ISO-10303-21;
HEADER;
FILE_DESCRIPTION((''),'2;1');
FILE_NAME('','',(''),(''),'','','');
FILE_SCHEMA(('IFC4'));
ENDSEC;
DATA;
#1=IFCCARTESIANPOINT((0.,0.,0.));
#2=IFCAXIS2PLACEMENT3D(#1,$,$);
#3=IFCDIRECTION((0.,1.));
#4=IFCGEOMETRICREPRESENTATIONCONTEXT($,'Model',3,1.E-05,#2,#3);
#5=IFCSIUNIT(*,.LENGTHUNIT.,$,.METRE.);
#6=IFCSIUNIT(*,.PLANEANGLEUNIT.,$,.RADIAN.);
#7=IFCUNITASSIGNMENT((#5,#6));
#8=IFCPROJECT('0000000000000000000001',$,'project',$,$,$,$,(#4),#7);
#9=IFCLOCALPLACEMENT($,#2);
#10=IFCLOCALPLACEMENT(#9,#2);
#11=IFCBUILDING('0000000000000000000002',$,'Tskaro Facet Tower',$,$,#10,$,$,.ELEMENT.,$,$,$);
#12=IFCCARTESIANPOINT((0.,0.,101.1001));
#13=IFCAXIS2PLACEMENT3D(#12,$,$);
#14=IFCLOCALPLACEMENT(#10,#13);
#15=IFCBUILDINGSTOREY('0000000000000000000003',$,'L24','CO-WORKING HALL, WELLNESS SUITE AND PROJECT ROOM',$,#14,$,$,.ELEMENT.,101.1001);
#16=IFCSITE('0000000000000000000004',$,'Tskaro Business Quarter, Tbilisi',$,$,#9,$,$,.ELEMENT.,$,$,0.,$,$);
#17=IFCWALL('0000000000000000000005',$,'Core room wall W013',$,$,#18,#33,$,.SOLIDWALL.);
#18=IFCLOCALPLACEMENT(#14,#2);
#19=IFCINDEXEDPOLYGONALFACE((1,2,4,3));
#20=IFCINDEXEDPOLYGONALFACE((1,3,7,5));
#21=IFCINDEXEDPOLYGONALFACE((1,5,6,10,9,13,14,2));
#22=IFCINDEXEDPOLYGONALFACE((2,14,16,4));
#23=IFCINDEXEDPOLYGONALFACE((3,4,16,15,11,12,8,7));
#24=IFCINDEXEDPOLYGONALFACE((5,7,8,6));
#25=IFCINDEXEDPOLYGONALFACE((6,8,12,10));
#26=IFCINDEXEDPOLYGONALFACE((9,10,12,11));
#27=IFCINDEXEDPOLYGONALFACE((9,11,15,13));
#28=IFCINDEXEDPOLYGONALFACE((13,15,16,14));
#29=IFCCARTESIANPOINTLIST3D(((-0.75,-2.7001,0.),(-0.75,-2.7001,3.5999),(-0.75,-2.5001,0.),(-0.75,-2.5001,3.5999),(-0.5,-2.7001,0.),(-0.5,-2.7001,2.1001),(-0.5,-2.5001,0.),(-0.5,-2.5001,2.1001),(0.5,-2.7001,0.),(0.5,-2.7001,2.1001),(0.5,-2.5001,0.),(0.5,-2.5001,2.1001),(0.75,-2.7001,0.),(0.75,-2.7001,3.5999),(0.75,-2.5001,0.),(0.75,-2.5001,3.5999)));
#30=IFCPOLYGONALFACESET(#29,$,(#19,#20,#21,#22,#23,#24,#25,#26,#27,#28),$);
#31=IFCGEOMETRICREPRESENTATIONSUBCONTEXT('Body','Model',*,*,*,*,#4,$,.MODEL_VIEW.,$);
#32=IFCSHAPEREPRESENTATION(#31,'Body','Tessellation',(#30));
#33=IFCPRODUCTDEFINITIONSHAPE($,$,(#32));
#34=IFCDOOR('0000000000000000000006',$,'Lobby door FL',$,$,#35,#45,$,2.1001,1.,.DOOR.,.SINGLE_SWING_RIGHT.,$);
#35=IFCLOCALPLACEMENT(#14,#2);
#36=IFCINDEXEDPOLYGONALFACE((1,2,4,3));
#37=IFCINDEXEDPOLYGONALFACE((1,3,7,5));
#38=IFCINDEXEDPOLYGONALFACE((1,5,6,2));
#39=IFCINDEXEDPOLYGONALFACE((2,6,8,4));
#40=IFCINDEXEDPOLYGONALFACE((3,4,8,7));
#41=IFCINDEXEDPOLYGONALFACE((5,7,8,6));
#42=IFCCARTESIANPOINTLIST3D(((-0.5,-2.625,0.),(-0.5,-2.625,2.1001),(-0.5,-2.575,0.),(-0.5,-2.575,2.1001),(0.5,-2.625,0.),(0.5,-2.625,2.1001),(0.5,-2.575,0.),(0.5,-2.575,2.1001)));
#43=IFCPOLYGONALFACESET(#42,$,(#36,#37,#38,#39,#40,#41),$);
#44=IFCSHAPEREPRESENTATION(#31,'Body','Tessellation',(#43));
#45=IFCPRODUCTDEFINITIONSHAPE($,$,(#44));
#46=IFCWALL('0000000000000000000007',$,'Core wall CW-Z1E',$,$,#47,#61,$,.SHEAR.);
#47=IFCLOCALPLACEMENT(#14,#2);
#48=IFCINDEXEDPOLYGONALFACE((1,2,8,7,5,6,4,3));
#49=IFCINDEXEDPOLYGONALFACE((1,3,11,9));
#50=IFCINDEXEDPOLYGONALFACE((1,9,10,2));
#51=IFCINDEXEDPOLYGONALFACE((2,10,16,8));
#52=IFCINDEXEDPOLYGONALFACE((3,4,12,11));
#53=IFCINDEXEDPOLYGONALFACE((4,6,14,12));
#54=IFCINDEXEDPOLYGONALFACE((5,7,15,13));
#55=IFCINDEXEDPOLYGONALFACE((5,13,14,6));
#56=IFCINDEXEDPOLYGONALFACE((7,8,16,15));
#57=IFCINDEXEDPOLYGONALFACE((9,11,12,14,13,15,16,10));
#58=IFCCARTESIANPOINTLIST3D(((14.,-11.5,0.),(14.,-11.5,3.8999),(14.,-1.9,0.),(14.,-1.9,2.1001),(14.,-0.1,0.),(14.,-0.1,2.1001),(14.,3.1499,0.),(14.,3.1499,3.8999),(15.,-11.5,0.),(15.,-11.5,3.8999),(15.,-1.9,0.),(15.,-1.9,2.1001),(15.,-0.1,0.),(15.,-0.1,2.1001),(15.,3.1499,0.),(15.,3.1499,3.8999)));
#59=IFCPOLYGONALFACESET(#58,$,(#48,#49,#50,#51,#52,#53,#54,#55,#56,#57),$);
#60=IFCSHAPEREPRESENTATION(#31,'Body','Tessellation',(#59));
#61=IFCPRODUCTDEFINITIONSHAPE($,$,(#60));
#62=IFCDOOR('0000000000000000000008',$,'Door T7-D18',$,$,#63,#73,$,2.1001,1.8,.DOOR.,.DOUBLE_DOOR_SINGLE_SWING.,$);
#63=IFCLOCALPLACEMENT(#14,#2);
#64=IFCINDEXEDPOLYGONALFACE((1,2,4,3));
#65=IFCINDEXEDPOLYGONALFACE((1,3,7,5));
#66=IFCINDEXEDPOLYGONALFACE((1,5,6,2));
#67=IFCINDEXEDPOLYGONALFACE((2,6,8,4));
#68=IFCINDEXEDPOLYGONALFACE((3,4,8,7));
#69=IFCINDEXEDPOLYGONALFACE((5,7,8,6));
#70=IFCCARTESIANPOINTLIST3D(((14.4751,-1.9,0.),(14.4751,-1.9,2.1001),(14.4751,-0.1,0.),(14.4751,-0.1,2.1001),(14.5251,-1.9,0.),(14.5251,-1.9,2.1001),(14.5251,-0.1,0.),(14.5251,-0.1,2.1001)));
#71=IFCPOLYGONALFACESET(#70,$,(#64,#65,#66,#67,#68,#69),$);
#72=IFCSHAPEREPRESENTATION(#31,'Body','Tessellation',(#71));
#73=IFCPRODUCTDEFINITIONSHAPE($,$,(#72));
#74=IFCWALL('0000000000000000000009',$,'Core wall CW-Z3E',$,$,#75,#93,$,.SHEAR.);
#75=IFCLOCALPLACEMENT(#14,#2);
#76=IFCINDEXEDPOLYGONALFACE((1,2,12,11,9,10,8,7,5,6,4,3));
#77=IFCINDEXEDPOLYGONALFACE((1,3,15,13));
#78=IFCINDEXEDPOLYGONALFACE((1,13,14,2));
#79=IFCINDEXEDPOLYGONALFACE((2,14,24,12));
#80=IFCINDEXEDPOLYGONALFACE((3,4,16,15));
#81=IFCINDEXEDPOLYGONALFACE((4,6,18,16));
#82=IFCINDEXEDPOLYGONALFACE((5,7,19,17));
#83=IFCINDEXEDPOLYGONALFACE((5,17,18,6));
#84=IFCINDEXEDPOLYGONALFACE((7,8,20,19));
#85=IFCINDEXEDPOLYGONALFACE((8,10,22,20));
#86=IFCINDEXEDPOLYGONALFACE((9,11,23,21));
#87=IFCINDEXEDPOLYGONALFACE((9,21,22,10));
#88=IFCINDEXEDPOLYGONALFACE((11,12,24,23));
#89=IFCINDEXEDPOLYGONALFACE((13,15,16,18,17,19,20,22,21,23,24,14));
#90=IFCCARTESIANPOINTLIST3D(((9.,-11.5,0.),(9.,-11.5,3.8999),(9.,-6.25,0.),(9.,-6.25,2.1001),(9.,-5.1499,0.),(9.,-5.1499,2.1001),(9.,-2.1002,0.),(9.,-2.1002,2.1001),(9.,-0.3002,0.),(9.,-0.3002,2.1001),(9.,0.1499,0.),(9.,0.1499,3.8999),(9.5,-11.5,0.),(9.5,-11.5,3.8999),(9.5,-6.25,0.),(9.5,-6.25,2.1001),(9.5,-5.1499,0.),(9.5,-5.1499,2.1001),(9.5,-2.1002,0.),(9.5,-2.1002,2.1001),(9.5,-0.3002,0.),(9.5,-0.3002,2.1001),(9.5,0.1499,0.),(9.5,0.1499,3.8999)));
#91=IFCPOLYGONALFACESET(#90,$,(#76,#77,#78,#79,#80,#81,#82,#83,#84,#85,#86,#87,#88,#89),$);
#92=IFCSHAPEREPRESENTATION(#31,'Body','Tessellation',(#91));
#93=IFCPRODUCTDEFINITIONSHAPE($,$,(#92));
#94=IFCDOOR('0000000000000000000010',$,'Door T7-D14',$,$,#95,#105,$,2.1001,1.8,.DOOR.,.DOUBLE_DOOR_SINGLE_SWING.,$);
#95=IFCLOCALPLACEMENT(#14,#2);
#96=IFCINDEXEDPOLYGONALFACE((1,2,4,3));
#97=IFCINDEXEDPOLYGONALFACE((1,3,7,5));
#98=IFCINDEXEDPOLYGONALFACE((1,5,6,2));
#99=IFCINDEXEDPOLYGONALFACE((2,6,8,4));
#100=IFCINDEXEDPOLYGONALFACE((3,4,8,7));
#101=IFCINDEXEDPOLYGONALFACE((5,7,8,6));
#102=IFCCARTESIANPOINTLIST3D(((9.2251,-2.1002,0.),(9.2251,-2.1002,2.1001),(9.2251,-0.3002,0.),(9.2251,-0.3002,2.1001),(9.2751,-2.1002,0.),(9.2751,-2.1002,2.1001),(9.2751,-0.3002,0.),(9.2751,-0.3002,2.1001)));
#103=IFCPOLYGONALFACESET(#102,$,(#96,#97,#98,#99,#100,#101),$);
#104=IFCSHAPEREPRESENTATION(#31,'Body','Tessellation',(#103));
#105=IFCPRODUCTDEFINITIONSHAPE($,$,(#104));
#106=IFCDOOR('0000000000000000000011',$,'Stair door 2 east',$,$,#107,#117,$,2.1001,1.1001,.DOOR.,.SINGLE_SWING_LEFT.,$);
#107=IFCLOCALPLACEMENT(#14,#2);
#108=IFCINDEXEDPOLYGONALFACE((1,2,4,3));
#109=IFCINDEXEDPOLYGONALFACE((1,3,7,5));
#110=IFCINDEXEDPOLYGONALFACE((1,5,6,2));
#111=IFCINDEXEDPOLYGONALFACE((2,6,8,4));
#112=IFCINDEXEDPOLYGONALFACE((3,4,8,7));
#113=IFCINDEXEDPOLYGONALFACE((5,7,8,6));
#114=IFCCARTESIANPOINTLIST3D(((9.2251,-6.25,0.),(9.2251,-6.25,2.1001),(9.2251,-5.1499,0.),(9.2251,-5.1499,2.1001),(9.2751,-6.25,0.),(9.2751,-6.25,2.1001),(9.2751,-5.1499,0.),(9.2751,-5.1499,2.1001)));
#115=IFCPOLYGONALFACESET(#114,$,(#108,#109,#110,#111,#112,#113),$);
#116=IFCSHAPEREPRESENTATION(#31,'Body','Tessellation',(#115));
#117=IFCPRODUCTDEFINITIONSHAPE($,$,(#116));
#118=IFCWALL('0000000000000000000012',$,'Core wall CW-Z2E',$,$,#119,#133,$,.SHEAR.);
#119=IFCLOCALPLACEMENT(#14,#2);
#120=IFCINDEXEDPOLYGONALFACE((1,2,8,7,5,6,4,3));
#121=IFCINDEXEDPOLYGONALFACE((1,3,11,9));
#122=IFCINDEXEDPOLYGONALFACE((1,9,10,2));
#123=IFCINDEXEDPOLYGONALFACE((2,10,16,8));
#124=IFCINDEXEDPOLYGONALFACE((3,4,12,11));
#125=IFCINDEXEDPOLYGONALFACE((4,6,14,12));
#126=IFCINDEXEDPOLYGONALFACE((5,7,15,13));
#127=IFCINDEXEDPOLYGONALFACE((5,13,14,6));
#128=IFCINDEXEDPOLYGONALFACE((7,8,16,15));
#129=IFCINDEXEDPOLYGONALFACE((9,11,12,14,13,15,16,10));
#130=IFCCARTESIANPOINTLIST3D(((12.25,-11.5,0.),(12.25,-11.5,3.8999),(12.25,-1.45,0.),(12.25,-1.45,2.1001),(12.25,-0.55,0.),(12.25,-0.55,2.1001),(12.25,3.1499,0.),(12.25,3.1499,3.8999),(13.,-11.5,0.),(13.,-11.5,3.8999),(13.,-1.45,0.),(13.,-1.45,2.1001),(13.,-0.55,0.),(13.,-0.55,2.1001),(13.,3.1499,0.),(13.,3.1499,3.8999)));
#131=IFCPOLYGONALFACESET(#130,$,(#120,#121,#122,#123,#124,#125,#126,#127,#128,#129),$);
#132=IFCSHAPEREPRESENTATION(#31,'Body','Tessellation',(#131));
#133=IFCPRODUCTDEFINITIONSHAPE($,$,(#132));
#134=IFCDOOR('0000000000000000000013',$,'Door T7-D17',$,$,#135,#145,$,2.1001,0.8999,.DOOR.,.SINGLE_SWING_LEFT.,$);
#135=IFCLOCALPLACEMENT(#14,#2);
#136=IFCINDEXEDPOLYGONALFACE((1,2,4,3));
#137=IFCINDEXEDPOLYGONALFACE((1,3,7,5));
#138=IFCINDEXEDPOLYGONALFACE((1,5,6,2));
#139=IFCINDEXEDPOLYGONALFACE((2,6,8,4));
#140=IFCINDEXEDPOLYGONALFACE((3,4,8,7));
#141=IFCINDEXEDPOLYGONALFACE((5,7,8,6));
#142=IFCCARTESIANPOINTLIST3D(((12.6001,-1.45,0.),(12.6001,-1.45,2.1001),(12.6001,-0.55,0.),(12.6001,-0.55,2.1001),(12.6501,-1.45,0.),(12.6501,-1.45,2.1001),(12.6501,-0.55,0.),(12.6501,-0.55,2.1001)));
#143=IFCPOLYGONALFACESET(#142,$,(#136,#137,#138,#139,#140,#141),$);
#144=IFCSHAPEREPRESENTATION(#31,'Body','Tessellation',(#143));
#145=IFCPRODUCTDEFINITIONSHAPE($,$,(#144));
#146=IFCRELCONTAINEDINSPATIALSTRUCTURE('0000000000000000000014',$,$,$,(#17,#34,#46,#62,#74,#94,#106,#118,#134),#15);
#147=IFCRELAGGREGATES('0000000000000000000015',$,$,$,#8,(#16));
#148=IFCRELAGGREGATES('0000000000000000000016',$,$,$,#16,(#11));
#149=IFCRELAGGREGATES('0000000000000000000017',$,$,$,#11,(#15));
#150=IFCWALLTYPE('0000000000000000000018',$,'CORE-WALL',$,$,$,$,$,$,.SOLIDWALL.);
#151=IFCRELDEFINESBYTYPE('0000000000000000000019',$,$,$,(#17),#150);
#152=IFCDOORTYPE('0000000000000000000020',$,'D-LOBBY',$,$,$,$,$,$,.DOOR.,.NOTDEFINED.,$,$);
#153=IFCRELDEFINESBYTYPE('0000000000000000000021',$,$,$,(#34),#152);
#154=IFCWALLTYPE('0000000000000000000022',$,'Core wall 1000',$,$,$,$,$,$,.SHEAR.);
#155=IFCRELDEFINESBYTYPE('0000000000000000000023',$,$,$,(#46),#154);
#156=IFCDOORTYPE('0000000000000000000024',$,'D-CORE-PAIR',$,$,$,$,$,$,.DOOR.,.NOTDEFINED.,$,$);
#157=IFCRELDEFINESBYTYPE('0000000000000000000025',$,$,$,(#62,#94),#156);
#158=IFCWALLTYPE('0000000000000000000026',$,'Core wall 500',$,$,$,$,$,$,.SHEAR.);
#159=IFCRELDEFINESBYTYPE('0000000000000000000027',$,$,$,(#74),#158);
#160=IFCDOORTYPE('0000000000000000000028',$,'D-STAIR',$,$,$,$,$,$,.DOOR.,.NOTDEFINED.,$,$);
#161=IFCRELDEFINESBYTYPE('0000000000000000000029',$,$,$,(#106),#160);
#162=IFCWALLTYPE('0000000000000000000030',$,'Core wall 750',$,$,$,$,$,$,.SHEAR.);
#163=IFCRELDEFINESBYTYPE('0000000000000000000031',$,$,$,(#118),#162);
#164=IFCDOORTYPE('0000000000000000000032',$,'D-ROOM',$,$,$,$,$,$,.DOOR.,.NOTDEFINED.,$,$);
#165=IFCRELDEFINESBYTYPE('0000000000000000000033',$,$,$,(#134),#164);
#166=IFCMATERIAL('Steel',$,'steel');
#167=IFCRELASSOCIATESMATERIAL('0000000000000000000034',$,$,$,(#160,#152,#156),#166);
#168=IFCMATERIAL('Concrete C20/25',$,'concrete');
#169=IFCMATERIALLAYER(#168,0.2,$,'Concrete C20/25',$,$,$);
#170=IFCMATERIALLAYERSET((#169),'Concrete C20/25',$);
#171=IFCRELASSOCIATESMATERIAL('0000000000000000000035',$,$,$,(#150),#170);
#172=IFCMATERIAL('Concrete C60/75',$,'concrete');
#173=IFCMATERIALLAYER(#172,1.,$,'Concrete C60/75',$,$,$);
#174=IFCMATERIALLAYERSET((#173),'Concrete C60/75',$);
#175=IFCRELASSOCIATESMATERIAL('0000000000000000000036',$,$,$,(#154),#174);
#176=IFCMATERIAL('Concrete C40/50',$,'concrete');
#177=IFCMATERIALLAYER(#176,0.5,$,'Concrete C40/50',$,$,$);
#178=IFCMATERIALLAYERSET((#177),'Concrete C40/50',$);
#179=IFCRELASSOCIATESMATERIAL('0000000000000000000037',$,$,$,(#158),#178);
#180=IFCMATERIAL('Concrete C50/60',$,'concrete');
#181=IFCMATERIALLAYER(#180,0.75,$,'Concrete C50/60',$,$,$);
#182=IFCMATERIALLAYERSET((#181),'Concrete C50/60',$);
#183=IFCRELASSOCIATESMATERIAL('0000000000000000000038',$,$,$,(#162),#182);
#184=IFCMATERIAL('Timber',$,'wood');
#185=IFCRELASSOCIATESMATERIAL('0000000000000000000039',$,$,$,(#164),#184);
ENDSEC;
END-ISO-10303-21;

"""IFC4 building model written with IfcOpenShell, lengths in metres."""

from ifc_helpers import new_model, si_unit, direction, frame, frame_2d, origin, place, context, subcontext, project, spatial, rectangle, extrude, material, layer, layer_set, type_object, element, fill, save


model = new_model("IFC4")

# Units and contexts
model_context = context("Model", 3, precision=1e-05, world=origin(), true_north=direction((0.0, 1.0)))
body_context = subcontext(model_context, "Body", "Model", "MODEL_VIEW")
ifc_project = project(units=[si_unit("LENGTHUNIT", "METRE"), si_unit("PLANEANGLEUNIT", "RADIAN")], contexts=[model_context])

# Site, building, storey
site_placement = place(None, origin())
site = spatial("IfcSite", under=ifc_project, at=site_placement, Name="Tskaro Business Quarter, Tbilisi", CompositionType="ELEMENT", RefElevation=0.0)
building_placement = place(site_placement, origin())
building = spatial("IfcBuilding", under=site, at=building_placement, Name="Tskaro Facet Tower", CompositionType="ELEMENT")
storey_placement = place(building_placement, frame((0.0, 0.0, 101.1001)))
storey = spatial("IfcBuildingStorey", under=building, at=storey_placement, Name="L24", Description="CO-WORKING HALL, WELLNESS SUITE AND PROJECT ROOM", CompositionType="ELEMENT", Elevation=101.1001)

# Shared definitions
ifc_material_1 = material(Name="Concrete C60/75", Category="concrete")

# Shared definitions
ifc_material_2 = material(Name="Steel", Category="steel")
door_type_1 = type_object("IfcDoorType", Name="D-STAIR", OperationType="NOTDEFINED", PredefinedType="DOOR", material=ifc_material_2)

# Walls, openings, doors
ifc_material_3 = material(Name="Concrete C20/25", Category="concrete")
ifc_layer_1 = layer(ifc_material_3, 0.2, Name="Concrete C20/25")
ifc_layer_set_1 = layer_set([ifc_layer_1], Name="Concrete C20/25")
wall_type_1 = type_object("IfcWallType", Name="CORE-WALL", PredefinedType="SOLIDWALL", material=ifc_layer_set_1)
wall_1_placement = place(storey_placement, frame((0.75, -2.6001, 0.0), z_axis=(0.0, 0.0, 1.0), x_axis=(-1.0, 0.0, 0.0)))
wall_1 = element("IfcWall", 1, at=wall_1_placement, inside=storey, type_object=wall_type_1, Name="Core room wall W013", PredefinedType="SOLIDWALL", context=body_context, shape_type="SweptSolid", body=[
    extrude(rectangle(XDim=1.5, YDim=0.2, at=frame_2d((0.75, 0.0))), origin(), (0.0, 0.0, 1.0), 3.5999),
])
opening_1_placement = place(wall_1_placement, frame((0.25, 0.0, 0.0)))
opening_1 = element("IfcOpeningElement", 2, at=opening_1_placement, cuts=wall_1, PredefinedType="OPENING", context=body_context, shape_type="SweptSolid", body=[
    extrude(rectangle(XDim=1.0, YDim=2.1001, at=frame_2d((0.5, 1.05))), frame((0.0, 0.1099, 0.0), z_axis=(0.0, -1.0, 0.0), x_axis=(1.0, 0.0, 0.0)), (0.0, 0.0, 1.0), 0.22),
])
door_type_2 = type_object("IfcDoorType", Name="D-LOBBY", OperationType="NOTDEFINED", PredefinedType="DOOR", material=ifc_material_2)
door_1_placement = place(opening_1_placement, origin())
door_1 = element("IfcDoor", 3, at=door_1_placement, inside=storey, type_object=door_type_2, Name="Lobby door FL", OperationType="SINGLE_SWING_RIGHT", OverallHeight=2.1001, OverallWidth=1.0, PredefinedType="DOOR", context=body_context, shape_type="SweptSolid", body=[
    extrude(rectangle(XDim=1.0, YDim=2.1001, at=frame_2d((0.5, 1.05))), frame((0.0, 0.0249, 0.0), z_axis=(0.0, -1.0, 0.0), x_axis=(1.0, 0.0, 0.0)), (0.0, 0.0, 1.0), 0.05),
])
fill(opening_1, door_1)
ifc_layer_2 = layer(ifc_material_1, 1.0, Name="Concrete C60/75")
ifc_layer_set_2 = layer_set([ifc_layer_2], Name="Concrete C60/75")
wall_type_2 = type_object("IfcWallType", Name="Core wall 1000", PredefinedType="SHEAR", material=ifc_layer_set_2)
wall_2_placement = place(storey_placement, frame((14.5, -11.5, 0.0), z_axis=(0.0, 0.0, 1.0), x_axis=(0.0, 1.0, 0.0)))
wall_2 = element("IfcWall", 4, at=wall_2_placement, inside=storey, type_object=wall_type_2, Name="Core wall CW-Z1E", PredefinedType="SHEAR", context=body_context, shape_type="SweptSolid", body=[
    extrude(rectangle(XDim=14.6499, YDim=1.0, at=frame_2d((7.325, 0.0))), origin(), (0.0, 0.0, 1.0), 3.8999),
])
opening_2_placement = place(wall_2_placement, frame((9.6001, 0.0, 0.0)))
opening_2 = element("IfcOpeningElement", 5, at=opening_2_placement, cuts=wall_2, PredefinedType="OPENING", context=body_context, shape_type="SweptSolid", body=[
    extrude(rectangle(XDim=1.8, YDim=2.1001, at=frame_2d((0.8999, 1.05))), frame((0.0, 0.51, 0.0), z_axis=(0.0, -1.0, 0.0), x_axis=(1.0, 0.0, 0.0)), (0.0, 0.0, 1.0), 1.02),
])
door_type_3 = type_object("IfcDoorType", Name="D-CORE-PAIR", OperationType="NOTDEFINED", PredefinedType="DOOR", material=ifc_material_2)
door_2_placement = place(opening_2_placement, origin())
door_2 = element("IfcDoor", 6, at=door_2_placement, inside=storey, type_object=door_type_3, Name="Door T7-D18", OperationType="DOUBLE_DOOR_SINGLE_SWING", OverallHeight=2.1001, OverallWidth=1.8, PredefinedType="DOOR", context=body_context, shape_type="SweptSolid", body=[
    extrude(rectangle(XDim=1.8, YDim=2.1001, at=frame_2d((0.8999, 1.05))), frame((0.0, 0.0249, 0.0), z_axis=(0.0, -1.0, 0.0), x_axis=(1.0, 0.0, 0.0)), (0.0, 0.0, 1.0), 0.05),
])
fill(opening_2, door_2)

# Wall, openings, doors
ifc_material_4 = material(Name="Concrete C40/50", Category="concrete")
ifc_layer_3 = layer(ifc_material_4, 0.5, Name="Concrete C40/50")
ifc_layer_set_3 = layer_set([ifc_layer_3], Name="Concrete C40/50")
wall_type_3 = type_object("IfcWallType", Name="Core wall 500", PredefinedType="SHEAR", material=ifc_layer_set_3)
wall_3_placement = place(storey_placement, frame((9.25, -11.5, 0.0), z_axis=(0.0, 0.0, 1.0), x_axis=(0.0, 1.0, 0.0)))
wall_3 = element("IfcWall", 7, at=wall_3_placement, inside=storey, type_object=wall_type_3, Name="Core wall CW-Z3E", PredefinedType="SHEAR", context=body_context, shape_type="SweptSolid", body=[
    extrude(rectangle(XDim=11.6499, YDim=0.5, at=frame_2d((5.825, 0.0))), origin(), (0.0, 0.0, 1.0), 3.8999),
])
opening_3_placement = place(wall_3_placement, frame((9.3999, 0.0, 0.0)))
opening_3 = element("IfcOpeningElement", 8, at=opening_3_placement, cuts=wall_3, PredefinedType="OPENING", context=body_context, shape_type="SweptSolid", body=[
    extrude(rectangle(XDim=1.8, YDim=2.1001, at=frame_2d((0.8999, 1.05))), frame((0.0, 0.26, 0.0), z_axis=(0.0, -1.0, 0.0), x_axis=(1.0, 0.0, 0.0)), (0.0, 0.0, 1.0), 0.52),
])
opening_4_placement = place(wall_3_placement, frame((5.25, 0.0, 0.0)))
opening_4 = element("IfcOpeningElement", 9, at=opening_4_placement, cuts=wall_3, PredefinedType="OPENING", context=body_context, shape_type="SweptSolid", body=[
    extrude(rectangle(XDim=1.1001, YDim=2.1001, at=frame_2d((0.55, 1.05))), frame((0.0, 0.26, 0.0), z_axis=(0.0, -1.0, 0.0), x_axis=(1.0, 0.0, 0.0)), (0.0, 0.0, 1.0), 0.52),
])
door_3_placement = place(opening_3_placement, origin())
door_3 = element("IfcDoor", 10, at=door_3_placement, inside=storey, type_object=door_type_3, Name="Door T7-D14", OperationType="DOUBLE_DOOR_SINGLE_SWING", OverallHeight=2.1001, OverallWidth=1.8, PredefinedType="DOOR", context=body_context, shape_type="SweptSolid", body=[
    extrude(rectangle(XDim=1.8, YDim=2.1001, at=frame_2d((0.8999, 1.05))), frame((0.0, 0.0249, 0.0), z_axis=(0.0, -1.0, 0.0), x_axis=(1.0, 0.0, 0.0)), (0.0, 0.0, 1.0), 0.05),
])
fill(opening_3, door_3)
door_4_placement = place(opening_4_placement, origin())
door_4 = element("IfcDoor", 11, at=door_4_placement, inside=storey, type_object=door_type_1, Name="Stair door 2 east", OperationType="SINGLE_SWING_LEFT", OverallHeight=2.1001, OverallWidth=1.1001, PredefinedType="DOOR", context=body_context, shape_type="SweptSolid", body=[
    extrude(rectangle(XDim=1.1001, YDim=2.1001, at=frame_2d((0.55, 1.05))), frame((0.0, 0.0249, 0.0), z_axis=(0.0, -1.0, 0.0), x_axis=(1.0, 0.0, 0.0)), (0.0, 0.0, 1.0), 0.05),
])
fill(opening_4, door_4)

# Wall, opening, door
ifc_material_5 = material(Name="Concrete C50/60", Category="concrete")
ifc_layer_4 = layer(ifc_material_5, 0.75, Name="Concrete C50/60")
ifc_layer_set_4 = layer_set([ifc_layer_4], Name="Concrete C50/60")
wall_type_4 = type_object("IfcWallType", Name="Core wall 750", PredefinedType="SHEAR", material=ifc_layer_set_4)
wall_4_placement = place(storey_placement, frame((12.625, -11.5, 0.0), z_axis=(0.0, 0.0, 1.0), x_axis=(0.0, 1.0, 0.0)))
wall_4 = element("IfcWall", 12, at=wall_4_placement, inside=storey, type_object=wall_type_4, Name="Core wall CW-Z2E", PredefinedType="SHEAR", context=body_context, shape_type="SweptSolid", body=[
    extrude(rectangle(XDim=14.6499, YDim=0.75, at=frame_2d((7.325, 0.0))), origin(), (0.0, 0.0, 1.0), 3.8999),
])
opening_5_placement = place(wall_4_placement, frame((10.05, 0.0, 0.0)))
opening_5 = element("IfcOpeningElement", 13, at=opening_5_placement, cuts=wall_4, PredefinedType="OPENING", context=body_context, shape_type="SweptSolid", body=[
    extrude(rectangle(XDim=0.8999, YDim=2.1001, at=frame_2d((0.45, 1.05))), frame((0.0, 0.385, 0.0), z_axis=(0.0, -1.0, 0.0), x_axis=(1.0, 0.0, 0.0)), (0.0, 0.0, 1.0), 0.77),
])
ifc_material_6 = material(Name="Timber", Category="wood")
door_type_4 = type_object("IfcDoorType", Name="D-ROOM", OperationType="NOTDEFINED", PredefinedType="DOOR", material=ifc_material_6)
door_5_placement = place(opening_5_placement, origin())
door_5 = element("IfcDoor", 14, at=door_5_placement, inside=storey, type_object=door_type_4, Name="Door T7-D17", OperationType="SINGLE_SWING_LEFT", OverallHeight=2.1001, OverallWidth=0.8999, PredefinedType="DOOR", context=body_context, shape_type="SweptSolid", body=[
    extrude(rectangle(XDim=0.8999, YDim=2.1001, at=frame_2d((0.45, 1.05))), frame((0.0, 0.0249, 0.0), z_axis=(0.0, -1.0, 0.0), x_axis=(1.0, 0.0, 0.0)), (0.0, 0.0, 1.0), 0.05),
])
fill(opening_5, door_5)

save(model, "model.ifc")
